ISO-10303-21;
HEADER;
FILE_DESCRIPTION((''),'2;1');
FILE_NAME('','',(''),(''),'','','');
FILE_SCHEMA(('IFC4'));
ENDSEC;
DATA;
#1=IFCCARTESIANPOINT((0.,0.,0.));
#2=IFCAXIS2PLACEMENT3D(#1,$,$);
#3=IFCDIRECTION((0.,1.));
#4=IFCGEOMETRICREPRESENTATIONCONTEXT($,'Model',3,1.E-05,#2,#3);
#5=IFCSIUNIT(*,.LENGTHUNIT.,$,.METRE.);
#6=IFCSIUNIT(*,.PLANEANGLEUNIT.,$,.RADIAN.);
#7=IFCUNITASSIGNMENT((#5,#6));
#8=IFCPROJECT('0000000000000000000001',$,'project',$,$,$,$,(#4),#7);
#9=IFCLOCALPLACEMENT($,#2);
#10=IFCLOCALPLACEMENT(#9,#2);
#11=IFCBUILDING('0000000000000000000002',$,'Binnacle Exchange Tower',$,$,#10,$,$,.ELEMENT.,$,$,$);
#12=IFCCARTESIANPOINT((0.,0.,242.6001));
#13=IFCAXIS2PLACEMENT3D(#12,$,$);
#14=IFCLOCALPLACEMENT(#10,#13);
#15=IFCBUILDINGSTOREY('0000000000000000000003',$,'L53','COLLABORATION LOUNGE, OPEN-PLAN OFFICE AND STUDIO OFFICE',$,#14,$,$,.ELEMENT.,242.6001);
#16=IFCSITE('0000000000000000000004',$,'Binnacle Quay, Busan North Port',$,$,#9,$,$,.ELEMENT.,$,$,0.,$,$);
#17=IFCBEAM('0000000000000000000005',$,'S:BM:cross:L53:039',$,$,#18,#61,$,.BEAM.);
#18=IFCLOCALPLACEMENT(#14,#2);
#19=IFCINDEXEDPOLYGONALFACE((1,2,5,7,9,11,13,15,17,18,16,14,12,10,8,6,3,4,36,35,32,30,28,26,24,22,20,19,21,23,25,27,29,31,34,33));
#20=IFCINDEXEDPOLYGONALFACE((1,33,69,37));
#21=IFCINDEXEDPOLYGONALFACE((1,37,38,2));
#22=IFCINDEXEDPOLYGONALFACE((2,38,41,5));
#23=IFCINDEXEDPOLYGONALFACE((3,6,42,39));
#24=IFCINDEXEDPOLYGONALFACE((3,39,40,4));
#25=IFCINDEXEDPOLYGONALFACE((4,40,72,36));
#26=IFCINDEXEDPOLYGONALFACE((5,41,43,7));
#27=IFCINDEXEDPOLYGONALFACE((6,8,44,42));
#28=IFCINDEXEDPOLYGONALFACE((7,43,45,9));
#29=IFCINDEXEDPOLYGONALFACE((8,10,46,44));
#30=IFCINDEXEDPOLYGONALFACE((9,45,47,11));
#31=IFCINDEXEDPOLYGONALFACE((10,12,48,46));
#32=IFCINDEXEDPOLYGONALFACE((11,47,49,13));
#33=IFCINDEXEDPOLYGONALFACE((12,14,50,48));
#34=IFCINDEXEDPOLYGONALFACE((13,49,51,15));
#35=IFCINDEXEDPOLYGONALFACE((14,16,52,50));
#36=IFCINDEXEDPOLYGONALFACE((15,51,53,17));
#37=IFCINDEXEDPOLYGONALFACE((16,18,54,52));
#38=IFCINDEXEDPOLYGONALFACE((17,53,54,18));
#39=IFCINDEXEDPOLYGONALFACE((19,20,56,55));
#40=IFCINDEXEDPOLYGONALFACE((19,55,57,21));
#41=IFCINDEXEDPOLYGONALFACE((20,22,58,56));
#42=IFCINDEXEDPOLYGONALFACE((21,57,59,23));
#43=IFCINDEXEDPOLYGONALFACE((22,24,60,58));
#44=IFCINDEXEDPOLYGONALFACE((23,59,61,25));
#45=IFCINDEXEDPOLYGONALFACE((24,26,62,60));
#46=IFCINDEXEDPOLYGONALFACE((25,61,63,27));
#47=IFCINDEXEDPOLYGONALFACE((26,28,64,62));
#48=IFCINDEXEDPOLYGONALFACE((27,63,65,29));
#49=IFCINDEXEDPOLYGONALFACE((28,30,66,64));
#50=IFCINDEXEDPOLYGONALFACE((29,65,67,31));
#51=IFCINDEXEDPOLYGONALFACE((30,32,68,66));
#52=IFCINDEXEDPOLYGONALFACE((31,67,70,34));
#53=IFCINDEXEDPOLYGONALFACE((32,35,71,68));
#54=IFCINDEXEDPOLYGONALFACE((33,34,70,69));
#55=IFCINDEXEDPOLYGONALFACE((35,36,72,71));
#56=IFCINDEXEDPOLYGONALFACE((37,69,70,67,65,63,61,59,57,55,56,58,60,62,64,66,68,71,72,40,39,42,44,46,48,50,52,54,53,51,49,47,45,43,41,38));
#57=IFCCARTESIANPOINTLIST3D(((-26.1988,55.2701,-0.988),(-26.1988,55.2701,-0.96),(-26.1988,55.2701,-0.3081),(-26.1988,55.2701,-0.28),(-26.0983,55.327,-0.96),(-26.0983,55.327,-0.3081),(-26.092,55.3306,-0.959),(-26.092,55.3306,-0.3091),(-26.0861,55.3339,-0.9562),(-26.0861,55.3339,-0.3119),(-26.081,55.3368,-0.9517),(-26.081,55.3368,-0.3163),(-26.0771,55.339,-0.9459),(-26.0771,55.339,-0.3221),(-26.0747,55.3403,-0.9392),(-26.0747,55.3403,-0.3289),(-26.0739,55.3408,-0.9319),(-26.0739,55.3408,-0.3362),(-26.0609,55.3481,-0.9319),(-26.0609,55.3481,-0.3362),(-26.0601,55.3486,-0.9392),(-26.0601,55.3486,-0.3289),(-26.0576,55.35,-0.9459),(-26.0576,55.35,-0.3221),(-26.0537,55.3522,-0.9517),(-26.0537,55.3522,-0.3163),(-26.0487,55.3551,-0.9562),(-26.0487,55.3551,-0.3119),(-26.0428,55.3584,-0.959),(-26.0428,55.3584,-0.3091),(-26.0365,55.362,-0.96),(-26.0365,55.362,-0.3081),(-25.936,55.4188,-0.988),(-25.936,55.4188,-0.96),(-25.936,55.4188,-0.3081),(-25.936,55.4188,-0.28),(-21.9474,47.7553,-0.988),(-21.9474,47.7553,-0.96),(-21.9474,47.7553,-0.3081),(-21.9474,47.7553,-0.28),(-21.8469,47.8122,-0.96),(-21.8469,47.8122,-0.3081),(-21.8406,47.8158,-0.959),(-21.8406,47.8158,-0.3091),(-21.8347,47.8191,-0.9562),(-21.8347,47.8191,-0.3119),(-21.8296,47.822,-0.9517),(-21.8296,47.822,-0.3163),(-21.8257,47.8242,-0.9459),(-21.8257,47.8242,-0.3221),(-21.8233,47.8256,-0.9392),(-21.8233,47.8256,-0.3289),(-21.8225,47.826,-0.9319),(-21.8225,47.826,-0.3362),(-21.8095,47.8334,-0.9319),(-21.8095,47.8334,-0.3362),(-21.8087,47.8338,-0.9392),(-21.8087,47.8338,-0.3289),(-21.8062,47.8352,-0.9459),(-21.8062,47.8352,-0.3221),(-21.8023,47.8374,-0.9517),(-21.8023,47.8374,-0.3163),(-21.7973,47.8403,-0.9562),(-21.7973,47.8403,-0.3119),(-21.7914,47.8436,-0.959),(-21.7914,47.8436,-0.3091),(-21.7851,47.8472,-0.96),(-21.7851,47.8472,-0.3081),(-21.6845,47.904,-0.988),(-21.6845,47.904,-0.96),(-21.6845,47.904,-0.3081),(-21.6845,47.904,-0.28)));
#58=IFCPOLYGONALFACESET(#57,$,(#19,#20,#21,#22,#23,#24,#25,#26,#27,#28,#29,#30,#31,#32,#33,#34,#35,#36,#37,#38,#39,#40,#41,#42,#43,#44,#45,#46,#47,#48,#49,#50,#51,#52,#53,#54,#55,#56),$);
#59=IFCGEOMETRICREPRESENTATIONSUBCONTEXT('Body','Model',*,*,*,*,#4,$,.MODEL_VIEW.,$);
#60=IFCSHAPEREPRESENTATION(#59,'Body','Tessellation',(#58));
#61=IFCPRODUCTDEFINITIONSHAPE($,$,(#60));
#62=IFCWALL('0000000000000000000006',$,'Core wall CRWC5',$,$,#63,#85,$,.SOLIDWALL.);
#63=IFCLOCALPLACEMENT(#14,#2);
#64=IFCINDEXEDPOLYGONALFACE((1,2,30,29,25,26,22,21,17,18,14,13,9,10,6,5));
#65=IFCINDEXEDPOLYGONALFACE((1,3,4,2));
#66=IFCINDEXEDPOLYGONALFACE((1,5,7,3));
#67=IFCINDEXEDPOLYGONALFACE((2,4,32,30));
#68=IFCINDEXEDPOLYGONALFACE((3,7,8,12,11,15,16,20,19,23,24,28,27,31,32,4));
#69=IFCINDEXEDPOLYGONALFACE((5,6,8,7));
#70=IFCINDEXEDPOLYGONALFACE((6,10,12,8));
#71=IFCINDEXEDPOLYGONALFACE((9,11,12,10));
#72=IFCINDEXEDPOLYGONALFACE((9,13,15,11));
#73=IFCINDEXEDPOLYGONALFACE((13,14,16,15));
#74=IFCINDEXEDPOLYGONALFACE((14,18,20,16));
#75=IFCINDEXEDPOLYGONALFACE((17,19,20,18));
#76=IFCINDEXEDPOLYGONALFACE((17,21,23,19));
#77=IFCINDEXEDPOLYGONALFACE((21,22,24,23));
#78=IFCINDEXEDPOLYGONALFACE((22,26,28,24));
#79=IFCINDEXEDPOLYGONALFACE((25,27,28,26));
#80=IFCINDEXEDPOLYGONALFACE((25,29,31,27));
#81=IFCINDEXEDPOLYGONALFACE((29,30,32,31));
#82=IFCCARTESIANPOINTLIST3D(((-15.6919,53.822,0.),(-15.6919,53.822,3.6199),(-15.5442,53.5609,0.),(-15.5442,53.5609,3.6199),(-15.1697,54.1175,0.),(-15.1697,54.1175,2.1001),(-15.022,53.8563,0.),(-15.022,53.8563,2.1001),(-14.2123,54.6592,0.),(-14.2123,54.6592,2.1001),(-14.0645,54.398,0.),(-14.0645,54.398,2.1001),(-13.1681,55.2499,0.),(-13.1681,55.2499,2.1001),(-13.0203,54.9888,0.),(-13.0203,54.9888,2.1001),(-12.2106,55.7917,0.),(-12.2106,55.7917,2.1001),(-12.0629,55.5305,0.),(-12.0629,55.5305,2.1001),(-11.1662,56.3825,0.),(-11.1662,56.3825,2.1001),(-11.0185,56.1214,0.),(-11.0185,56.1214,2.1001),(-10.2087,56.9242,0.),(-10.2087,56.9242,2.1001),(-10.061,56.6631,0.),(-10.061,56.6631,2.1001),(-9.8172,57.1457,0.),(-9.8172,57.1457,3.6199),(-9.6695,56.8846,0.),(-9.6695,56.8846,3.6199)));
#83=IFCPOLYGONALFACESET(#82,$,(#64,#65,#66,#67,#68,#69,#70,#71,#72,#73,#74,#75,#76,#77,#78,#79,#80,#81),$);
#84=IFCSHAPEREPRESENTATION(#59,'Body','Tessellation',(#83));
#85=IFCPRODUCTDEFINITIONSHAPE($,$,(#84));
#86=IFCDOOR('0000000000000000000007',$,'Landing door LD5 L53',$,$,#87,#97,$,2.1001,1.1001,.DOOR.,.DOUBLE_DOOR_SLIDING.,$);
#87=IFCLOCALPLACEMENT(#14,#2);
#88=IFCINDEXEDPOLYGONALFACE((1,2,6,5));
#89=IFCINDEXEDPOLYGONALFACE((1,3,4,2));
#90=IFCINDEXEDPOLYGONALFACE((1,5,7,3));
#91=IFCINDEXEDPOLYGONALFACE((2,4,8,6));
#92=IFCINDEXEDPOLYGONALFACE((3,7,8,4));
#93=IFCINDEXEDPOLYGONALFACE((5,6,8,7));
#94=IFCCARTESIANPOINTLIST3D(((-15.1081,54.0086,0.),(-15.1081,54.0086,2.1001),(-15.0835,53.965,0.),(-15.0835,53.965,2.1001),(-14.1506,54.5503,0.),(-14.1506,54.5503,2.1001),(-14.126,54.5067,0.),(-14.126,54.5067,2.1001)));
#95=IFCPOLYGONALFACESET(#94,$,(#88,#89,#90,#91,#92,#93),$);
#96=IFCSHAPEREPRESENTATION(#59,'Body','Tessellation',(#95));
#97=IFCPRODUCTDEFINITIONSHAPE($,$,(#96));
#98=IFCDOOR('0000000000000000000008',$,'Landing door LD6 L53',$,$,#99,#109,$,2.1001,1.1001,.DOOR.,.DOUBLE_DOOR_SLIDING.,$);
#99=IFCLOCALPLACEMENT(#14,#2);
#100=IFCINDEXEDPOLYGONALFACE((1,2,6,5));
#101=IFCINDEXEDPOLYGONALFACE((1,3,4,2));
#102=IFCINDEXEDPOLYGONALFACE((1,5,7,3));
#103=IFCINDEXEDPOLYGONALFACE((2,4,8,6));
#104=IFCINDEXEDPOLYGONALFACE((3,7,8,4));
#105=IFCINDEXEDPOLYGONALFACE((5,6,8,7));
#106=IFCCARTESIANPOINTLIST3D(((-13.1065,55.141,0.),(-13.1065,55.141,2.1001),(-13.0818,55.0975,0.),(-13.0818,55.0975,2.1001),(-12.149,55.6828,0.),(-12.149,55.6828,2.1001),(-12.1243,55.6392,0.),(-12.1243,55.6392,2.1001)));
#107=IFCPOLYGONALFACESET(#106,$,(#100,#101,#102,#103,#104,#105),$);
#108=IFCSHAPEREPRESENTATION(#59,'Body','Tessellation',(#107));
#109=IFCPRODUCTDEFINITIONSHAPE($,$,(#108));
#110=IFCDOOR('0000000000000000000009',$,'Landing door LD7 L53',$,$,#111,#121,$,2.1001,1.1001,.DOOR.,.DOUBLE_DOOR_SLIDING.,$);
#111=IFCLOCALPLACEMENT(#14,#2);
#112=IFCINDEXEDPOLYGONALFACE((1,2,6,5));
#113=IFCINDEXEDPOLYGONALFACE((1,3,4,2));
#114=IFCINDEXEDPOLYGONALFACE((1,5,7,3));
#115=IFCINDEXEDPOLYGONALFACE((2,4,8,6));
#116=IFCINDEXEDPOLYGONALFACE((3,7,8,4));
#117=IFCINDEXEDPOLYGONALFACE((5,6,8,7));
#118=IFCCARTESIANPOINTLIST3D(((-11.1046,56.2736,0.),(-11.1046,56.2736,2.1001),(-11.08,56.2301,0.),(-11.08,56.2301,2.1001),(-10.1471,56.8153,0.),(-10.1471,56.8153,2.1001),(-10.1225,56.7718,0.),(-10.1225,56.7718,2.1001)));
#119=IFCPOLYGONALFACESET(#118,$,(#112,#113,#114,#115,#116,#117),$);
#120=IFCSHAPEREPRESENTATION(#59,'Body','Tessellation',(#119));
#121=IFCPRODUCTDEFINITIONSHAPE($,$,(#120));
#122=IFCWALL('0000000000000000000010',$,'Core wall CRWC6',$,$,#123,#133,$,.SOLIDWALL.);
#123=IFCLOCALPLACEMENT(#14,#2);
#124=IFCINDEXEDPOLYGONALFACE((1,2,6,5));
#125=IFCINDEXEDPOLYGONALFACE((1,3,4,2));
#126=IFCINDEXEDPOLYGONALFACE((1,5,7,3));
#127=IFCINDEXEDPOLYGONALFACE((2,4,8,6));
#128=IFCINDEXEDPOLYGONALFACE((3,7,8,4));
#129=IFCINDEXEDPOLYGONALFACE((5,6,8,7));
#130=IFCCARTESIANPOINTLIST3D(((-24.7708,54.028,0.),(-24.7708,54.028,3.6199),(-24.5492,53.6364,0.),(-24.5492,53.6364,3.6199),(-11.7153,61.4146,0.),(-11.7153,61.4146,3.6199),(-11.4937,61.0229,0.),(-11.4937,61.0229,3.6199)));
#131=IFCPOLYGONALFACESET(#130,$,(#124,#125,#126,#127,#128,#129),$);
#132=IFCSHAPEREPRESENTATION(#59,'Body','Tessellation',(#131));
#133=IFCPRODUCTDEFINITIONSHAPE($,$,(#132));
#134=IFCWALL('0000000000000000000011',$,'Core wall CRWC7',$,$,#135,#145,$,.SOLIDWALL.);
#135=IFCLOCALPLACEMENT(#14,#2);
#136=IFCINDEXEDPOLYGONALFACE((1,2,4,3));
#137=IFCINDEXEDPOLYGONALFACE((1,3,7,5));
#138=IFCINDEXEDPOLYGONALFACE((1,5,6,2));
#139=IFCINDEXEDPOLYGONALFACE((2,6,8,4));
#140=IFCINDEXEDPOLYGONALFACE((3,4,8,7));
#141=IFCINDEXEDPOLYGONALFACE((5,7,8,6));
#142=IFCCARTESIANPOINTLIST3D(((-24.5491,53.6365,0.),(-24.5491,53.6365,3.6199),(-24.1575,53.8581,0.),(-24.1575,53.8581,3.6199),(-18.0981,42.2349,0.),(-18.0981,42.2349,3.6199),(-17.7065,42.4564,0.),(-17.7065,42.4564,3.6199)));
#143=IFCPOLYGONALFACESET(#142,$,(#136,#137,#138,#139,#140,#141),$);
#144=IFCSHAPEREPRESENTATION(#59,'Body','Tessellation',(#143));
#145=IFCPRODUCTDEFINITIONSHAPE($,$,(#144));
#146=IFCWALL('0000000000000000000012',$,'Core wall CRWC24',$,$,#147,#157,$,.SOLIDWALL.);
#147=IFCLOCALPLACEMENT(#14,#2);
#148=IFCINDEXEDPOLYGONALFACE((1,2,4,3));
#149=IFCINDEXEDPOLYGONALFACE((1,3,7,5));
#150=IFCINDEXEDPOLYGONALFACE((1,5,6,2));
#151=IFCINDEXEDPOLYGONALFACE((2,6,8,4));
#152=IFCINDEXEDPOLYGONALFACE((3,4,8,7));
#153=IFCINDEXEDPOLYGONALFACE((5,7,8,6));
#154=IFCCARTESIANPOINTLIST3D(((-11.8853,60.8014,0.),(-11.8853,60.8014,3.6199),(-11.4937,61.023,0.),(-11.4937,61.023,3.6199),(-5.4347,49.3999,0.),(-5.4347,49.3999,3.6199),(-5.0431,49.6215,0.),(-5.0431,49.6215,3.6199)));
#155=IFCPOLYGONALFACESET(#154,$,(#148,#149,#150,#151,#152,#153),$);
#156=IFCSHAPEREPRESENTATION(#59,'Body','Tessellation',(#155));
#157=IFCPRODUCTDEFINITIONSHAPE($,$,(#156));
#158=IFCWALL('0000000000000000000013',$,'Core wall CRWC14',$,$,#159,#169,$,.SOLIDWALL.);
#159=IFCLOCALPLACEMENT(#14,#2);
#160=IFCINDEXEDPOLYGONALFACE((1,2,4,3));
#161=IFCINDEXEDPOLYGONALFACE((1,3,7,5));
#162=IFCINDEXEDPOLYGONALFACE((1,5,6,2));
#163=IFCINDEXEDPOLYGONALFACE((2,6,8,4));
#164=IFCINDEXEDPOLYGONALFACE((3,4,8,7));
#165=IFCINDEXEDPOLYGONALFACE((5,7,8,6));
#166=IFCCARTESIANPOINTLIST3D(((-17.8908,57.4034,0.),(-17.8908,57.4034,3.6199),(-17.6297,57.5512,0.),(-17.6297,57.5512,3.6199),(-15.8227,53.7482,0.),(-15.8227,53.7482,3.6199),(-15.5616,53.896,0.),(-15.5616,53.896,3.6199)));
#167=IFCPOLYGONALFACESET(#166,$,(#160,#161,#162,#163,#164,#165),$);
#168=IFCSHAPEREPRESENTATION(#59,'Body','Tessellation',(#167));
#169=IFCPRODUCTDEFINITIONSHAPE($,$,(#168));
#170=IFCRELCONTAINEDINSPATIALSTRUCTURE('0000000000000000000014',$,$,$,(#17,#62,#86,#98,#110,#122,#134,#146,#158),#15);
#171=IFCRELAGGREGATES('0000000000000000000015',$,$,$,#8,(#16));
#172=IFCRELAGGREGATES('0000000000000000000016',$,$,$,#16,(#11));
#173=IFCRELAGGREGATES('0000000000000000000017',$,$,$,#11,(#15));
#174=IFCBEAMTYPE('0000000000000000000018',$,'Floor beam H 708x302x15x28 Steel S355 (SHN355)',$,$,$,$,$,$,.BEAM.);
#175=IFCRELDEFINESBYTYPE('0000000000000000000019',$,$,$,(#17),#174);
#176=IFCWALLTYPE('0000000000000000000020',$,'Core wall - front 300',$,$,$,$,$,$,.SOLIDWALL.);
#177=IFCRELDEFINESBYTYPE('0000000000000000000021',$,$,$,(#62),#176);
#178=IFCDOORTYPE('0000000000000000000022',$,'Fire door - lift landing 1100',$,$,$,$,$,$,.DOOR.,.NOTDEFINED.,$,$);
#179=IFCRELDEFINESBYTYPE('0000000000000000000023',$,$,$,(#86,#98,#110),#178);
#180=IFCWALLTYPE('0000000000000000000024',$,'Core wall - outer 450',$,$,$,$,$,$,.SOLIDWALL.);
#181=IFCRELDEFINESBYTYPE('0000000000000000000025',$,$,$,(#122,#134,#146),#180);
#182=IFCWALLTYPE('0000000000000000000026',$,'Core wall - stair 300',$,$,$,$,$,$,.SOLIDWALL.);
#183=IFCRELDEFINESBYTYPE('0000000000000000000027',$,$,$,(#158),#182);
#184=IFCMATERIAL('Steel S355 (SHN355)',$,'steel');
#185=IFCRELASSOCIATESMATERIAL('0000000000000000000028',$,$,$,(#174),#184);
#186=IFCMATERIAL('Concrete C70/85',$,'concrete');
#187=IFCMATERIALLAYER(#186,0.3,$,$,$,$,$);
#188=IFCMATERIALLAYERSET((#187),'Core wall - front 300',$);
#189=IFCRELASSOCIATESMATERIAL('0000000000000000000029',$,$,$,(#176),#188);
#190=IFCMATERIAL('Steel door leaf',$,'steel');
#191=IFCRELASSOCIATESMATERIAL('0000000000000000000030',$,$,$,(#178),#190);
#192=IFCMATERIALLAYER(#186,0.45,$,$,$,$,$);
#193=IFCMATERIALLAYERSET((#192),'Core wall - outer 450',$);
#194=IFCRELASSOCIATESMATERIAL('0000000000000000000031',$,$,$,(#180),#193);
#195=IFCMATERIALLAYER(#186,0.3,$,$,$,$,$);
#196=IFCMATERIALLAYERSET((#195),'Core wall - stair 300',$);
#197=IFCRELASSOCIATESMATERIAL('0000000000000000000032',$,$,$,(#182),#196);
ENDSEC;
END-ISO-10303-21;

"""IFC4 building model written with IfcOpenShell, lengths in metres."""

from ifc_helpers import new_model, si_unit, direction, frame, frame_2d, origin, origin_2d, place, context, subcontext, project, spatial, rectangle, i_section, extrude, material, layer, layer_set, material_profile, profile_set, type_object, element, fill, save


model = new_model("IFC4")

# Units and contexts
model_context = context("Model", 3, precision=1e-05, world=origin(), true_north=direction((0.0, 1.0)))
body_context = subcontext(model_context, "Body", "Model", "MODEL_VIEW")
ifc_project = project(units=[si_unit("LENGTHUNIT", "METRE"), si_unit("PLANEANGLEUNIT", "RADIAN")], contexts=[model_context])

# Site, building, storey
site_placement = place(None, origin())
site = spatial("IfcSite", under=ifc_project, at=site_placement, Name="Binnacle Quay, Busan North Port", CompositionType="ELEMENT", RefElevation=0.0)
building_placement = place(site_placement, origin())
building = spatial("IfcBuilding", under=site, at=building_placement, Name="Binnacle Exchange Tower", CompositionType="ELEMENT")
storey_placement = place(building_placement, frame((0.0, 0.0, 242.6001)))
storey = spatial("IfcBuildingStorey", under=building, at=storey_placement, Name="L53", Description="COLLABORATION LOUNGE, OPEN-PLAN OFFICE AND STUDIO OFFICE", CompositionType="ELEMENT", Elevation=242.6001)

# Beam
ifc_material_1 = material(Name="Steel S355 (SHN355)", Category="steel")
ifc_material_profile_1 = material_profile(ifc_material_1, i_section(OverallWidth=0.302, OverallDepth=0.708, WebThickness=0.0149, FlangeThickness=0.0281, FilletRadius=0.0281, at=origin_2d()), Name="H 708x302x15x28")
ifc_profile_set_1 = profile_set([ifc_material_profile_1], Name="Steel S355 (SHN355)")
beam_type_1 = type_object("IfcBeamType", Name="Floor beam H 708x302x15x28 Steel S355 (SHN355)", PredefinedType="BEAM", material=ifc_profile_set_1)
beam_1_placement = place(storey_placement, frame((-26.0674, 55.3445, -0.634), z_axis=(0.492401, -0.870368, 0.0), x_axis=(0.870368, 0.492401, 0.0)))
element("IfcBeam", 1, at=beam_1_placement, inside=storey, type_object=beam_type_1, Name="S:BM:cross:L53:039", PredefinedType="BEAM", context=body_context, shape_type="SweptSolid", body=[
    extrude(i_section(OverallWidth=0.302, OverallDepth=0.708, WebThickness=0.0149, FlangeThickness=0.0281, FilletRadius=0.0281, at=origin_2d()), origin(), (0.0, 0.0, 1.0), 8.634),
])

# Wall, openings, doors
ifc_material_2 = material(Name="Concrete C70/85", Category="concrete")
ifc_layer_1 = layer(ifc_material_2, 0.3)
ifc_layer_set_1 = layer_set([ifc_layer_1], Name="Core wall - front 300")
wall_type_1 = type_object("IfcWallType", Name="Core wall - front 300", PredefinedType="SOLIDWALL", material=ifc_layer_set_1)
wall_1_placement = place(storey_placement, frame((-15.6182, 53.6914, 0.0), z_axis=(0.0, 0.0, 1.0), x_axis=(0.870359, 0.492418, 0.0)))
wall_1 = element("IfcWall", 2, at=wall_1_placement, inside=storey, type_object=wall_type_1, Name="Core wall CRWC5", PredefinedType="SOLIDWALL", context=body_context, shape_type="SweptSolid", body=[
    extrude(rectangle(XDim=6.7498, YDim=0.3, at=frame_2d((3.375, 0.0))), origin(), (0.0, 0.0, 1.0), 3.6199),
])
opening_1_placement = place(wall_1_placement, frame((0.6001, 0.0, 0.0)))
opening_1 = element("IfcOpeningElement", 3, at=opening_1_placement, cuts=wall_1, PredefinedType="OPENING", context=body_context, shape_type="SweptSolid", body=[
    extrude(rectangle(XDim=1.1001, YDim=2.1001, at=frame_2d((0.55, 1.05))), frame((0.0, 0.1599, 0.0), z_axis=(0.0, -1.0, 0.0), x_axis=(1.0, 0.0, 0.0)), (0.0, 0.0, 1.0), 0.3201),
])
opening_2_placement = place(wall_1_placement, frame((2.8999, 0.0, 0.0)))
opening_2 = element("IfcOpeningElement", 4, at=opening_2_placement, cuts=wall_1, PredefinedType="OPENING", context=body_context, shape_type="SweptSolid", body=[
    extrude(rectangle(XDim=1.1001, YDim=2.1001, at=frame_2d((0.55, 1.05))), frame((0.0, 0.1599, 0.0), z_axis=(0.0, -1.0, 0.0), x_axis=(1.0, 0.0, 0.0)), (0.0, 0.0, 1.0), 0.3201),
])
opening_3_placement = place(wall_1_placement, frame((5.2, 0.0, 0.0)))
opening_3 = element("IfcOpeningElement", 5, at=opening_3_placement, cuts=wall_1, PredefinedType="OPENING", context=body_context, shape_type="SweptSolid", body=[
    extrude(rectangle(XDim=1.1001, YDim=2.1001, at=frame_2d((0.55, 1.05))), frame((0.0, 0.1599, 0.0), z_axis=(0.0, -1.0, 0.0), x_axis=(1.0, 0.0, 0.0)), (0.0, 0.0, 1.0), 0.3201),
])
ifc_material_3 = material(Name="Steel door leaf", Category="steel")
door_type = type_object("IfcDoorType", Name="Fire door - lift landing 1100", OperationType="NOTDEFINED", PredefinedType="DOOR", material=ifc_material_3)
door_1_placement = place(opening_1_placement, origin())
door_1 = element("IfcDoor", 6, at=door_1_placement, inside=storey, type_object=door_type, Name="Landing door LD5 L53", OperationType="DOUBLE_DOOR_SLIDING", OverallHeight=2.1001, OverallWidth=1.1001, PredefinedType="DOOR", context=body_context, shape_type="SweptSolid", body=[
    extrude(rectangle(XDim=1.1001, YDim=2.1001, at=frame_2d((0.55, 1.05))), frame((0.0, 0.0249, 0.0), z_axis=(0.0, -1.0, 0.0), x_axis=(1.0, 0.0, 0.0)), (0.0, 0.0, 1.0), 0.05),
])
fill(opening_1, door_1)
door_2_placement = place(opening_2_placement, origin())
door_2 = element("IfcDoor", 7, at=door_2_placement, inside=storey, type_object=door_type, Name="Landing door LD6 L53", OperationType="DOUBLE_DOOR_SLIDING", OverallHeight=2.1001, OverallWidth=1.1001, PredefinedType="DOOR", context=body_context, shape_type="SweptSolid", body=[
    extrude(rectangle(XDim=1.1001, YDim=2.1001, at=frame_2d((0.55, 1.05))), frame((0.0, 0.0249, 0.0), z_axis=(0.0, -1.0, 0.0), x_axis=(1.0, 0.0, 0.0)), (0.0, 0.0, 1.0), 0.05),
])
fill(opening_2, door_2)
door_3_placement = place(opening_3_placement, origin())
door_3 = element("IfcDoor", 8, at=door_3_placement, inside=storey, type_object=door_type, Name="Landing door LD7 L53", OperationType="DOUBLE_DOOR_SLIDING", OverallHeight=2.1001, OverallWidth=1.1001, PredefinedType="DOOR", context=body_context, shape_type="SweptSolid", body=[
    extrude(rectangle(XDim=1.1001, YDim=2.1001, at=frame_2d((0.55, 1.05))), frame((0.0, 0.0249, 0.0), z_axis=(0.0, -1.0, 0.0), x_axis=(1.0, 0.0, 0.0)), (0.0, 0.0, 1.0), 0.05),
])
fill(opening_3, door_3)

# Walls
ifc_layer_2 = layer(ifc_material_2, 0.45)
ifc_layer_set_2 = layer_set([ifc_layer_2], Name="Core wall - outer 450")
wall_type_2 = type_object("IfcWallType", Name="Core wall - outer 450", PredefinedType="SOLIDWALL", material=ifc_layer_set_2)
wall_2_placement = place(storey_placement, frame((-24.6599, 53.8323, 0.0), z_axis=(0.0, 0.0, 1.0), x_axis=(0.870354, 0.492427, 0.0)))
element("IfcWall", 9, at=wall_2_placement, inside=storey, type_object=wall_type_2, Name="Core wall CRWC6", PredefinedType="SOLIDWALL", context=body_context, shape_type="SweptSolid", body=[
    extrude(rectangle(XDim=15.0002, YDim=0.45, at=frame_2d((7.5, 0.0))), origin(), (0.0, 0.0, 1.0), 3.6199),
])
wall_3_placement = place(storey_placement, frame((-24.3533, 53.7473, 0.0), z_axis=(0.0, 0.0, 1.0), x_axis=(0.492435, -0.870349, 0.0)))
element("IfcWall", 10, at=wall_3_placement, inside=storey, type_object=wall_type_2, Name="Core wall CRWC7", PredefinedType="SOLIDWALL", context=body_context, shape_type="SweptSolid", body=[
    extrude(rectangle(XDim=13.1001, YDim=0.45, at=frame_2d((6.55, 0.0))), origin(), (0.0, 0.0, 1.0), 3.6199),
])
wall_4_placement = place(storey_placement, frame((-11.6895, 60.9121, 0.0), z_axis=(0.0, 0.0, 1.0), x_axis=(0.492421, -0.870357, 0.0)))
element("IfcWall", 11, at=wall_4_placement, inside=storey, type_object=wall_type_2, Name="Core wall CRWC24", PredefinedType="SOLIDWALL", context=body_context, shape_type="SweptSolid", body=[
    extrude(rectangle(XDim=13.0999, YDim=0.45, at=frame_2d((6.5498, 0.0))), origin(), (0.0, 0.0, 1.0), 3.6199),
])
ifc_layer_3 = layer(ifc_material_2, 0.3)
ifc_layer_set_3 = layer_set([ifc_layer_3], Name="Core wall - stair 300")
wall_type_3 = type_object("IfcWallType", Name="Core wall - stair 300", PredefinedType="SOLIDWALL", material=ifc_layer_set_3)
wall_5_placement = place(storey_placement, frame((-17.7603, 57.4773, 0.0), z_axis=(0.0, 0.0, 1.0), x_axis=(0.492435, -0.870349, 0.0)))
element("IfcWall", 12, at=wall_5_placement, inside=storey, type_object=wall_type_3, Name="Core wall CRWC14", PredefinedType="SOLIDWALL", context=body_context, shape_type="SweptSolid", body=[
    extrude(rectangle(XDim=4.1997, YDim=0.3, at=frame_2d((2.0999, 0.0))), origin(), (0.0, 0.0, 1.0), 3.6199),
])

save(model, "model.ifc")
